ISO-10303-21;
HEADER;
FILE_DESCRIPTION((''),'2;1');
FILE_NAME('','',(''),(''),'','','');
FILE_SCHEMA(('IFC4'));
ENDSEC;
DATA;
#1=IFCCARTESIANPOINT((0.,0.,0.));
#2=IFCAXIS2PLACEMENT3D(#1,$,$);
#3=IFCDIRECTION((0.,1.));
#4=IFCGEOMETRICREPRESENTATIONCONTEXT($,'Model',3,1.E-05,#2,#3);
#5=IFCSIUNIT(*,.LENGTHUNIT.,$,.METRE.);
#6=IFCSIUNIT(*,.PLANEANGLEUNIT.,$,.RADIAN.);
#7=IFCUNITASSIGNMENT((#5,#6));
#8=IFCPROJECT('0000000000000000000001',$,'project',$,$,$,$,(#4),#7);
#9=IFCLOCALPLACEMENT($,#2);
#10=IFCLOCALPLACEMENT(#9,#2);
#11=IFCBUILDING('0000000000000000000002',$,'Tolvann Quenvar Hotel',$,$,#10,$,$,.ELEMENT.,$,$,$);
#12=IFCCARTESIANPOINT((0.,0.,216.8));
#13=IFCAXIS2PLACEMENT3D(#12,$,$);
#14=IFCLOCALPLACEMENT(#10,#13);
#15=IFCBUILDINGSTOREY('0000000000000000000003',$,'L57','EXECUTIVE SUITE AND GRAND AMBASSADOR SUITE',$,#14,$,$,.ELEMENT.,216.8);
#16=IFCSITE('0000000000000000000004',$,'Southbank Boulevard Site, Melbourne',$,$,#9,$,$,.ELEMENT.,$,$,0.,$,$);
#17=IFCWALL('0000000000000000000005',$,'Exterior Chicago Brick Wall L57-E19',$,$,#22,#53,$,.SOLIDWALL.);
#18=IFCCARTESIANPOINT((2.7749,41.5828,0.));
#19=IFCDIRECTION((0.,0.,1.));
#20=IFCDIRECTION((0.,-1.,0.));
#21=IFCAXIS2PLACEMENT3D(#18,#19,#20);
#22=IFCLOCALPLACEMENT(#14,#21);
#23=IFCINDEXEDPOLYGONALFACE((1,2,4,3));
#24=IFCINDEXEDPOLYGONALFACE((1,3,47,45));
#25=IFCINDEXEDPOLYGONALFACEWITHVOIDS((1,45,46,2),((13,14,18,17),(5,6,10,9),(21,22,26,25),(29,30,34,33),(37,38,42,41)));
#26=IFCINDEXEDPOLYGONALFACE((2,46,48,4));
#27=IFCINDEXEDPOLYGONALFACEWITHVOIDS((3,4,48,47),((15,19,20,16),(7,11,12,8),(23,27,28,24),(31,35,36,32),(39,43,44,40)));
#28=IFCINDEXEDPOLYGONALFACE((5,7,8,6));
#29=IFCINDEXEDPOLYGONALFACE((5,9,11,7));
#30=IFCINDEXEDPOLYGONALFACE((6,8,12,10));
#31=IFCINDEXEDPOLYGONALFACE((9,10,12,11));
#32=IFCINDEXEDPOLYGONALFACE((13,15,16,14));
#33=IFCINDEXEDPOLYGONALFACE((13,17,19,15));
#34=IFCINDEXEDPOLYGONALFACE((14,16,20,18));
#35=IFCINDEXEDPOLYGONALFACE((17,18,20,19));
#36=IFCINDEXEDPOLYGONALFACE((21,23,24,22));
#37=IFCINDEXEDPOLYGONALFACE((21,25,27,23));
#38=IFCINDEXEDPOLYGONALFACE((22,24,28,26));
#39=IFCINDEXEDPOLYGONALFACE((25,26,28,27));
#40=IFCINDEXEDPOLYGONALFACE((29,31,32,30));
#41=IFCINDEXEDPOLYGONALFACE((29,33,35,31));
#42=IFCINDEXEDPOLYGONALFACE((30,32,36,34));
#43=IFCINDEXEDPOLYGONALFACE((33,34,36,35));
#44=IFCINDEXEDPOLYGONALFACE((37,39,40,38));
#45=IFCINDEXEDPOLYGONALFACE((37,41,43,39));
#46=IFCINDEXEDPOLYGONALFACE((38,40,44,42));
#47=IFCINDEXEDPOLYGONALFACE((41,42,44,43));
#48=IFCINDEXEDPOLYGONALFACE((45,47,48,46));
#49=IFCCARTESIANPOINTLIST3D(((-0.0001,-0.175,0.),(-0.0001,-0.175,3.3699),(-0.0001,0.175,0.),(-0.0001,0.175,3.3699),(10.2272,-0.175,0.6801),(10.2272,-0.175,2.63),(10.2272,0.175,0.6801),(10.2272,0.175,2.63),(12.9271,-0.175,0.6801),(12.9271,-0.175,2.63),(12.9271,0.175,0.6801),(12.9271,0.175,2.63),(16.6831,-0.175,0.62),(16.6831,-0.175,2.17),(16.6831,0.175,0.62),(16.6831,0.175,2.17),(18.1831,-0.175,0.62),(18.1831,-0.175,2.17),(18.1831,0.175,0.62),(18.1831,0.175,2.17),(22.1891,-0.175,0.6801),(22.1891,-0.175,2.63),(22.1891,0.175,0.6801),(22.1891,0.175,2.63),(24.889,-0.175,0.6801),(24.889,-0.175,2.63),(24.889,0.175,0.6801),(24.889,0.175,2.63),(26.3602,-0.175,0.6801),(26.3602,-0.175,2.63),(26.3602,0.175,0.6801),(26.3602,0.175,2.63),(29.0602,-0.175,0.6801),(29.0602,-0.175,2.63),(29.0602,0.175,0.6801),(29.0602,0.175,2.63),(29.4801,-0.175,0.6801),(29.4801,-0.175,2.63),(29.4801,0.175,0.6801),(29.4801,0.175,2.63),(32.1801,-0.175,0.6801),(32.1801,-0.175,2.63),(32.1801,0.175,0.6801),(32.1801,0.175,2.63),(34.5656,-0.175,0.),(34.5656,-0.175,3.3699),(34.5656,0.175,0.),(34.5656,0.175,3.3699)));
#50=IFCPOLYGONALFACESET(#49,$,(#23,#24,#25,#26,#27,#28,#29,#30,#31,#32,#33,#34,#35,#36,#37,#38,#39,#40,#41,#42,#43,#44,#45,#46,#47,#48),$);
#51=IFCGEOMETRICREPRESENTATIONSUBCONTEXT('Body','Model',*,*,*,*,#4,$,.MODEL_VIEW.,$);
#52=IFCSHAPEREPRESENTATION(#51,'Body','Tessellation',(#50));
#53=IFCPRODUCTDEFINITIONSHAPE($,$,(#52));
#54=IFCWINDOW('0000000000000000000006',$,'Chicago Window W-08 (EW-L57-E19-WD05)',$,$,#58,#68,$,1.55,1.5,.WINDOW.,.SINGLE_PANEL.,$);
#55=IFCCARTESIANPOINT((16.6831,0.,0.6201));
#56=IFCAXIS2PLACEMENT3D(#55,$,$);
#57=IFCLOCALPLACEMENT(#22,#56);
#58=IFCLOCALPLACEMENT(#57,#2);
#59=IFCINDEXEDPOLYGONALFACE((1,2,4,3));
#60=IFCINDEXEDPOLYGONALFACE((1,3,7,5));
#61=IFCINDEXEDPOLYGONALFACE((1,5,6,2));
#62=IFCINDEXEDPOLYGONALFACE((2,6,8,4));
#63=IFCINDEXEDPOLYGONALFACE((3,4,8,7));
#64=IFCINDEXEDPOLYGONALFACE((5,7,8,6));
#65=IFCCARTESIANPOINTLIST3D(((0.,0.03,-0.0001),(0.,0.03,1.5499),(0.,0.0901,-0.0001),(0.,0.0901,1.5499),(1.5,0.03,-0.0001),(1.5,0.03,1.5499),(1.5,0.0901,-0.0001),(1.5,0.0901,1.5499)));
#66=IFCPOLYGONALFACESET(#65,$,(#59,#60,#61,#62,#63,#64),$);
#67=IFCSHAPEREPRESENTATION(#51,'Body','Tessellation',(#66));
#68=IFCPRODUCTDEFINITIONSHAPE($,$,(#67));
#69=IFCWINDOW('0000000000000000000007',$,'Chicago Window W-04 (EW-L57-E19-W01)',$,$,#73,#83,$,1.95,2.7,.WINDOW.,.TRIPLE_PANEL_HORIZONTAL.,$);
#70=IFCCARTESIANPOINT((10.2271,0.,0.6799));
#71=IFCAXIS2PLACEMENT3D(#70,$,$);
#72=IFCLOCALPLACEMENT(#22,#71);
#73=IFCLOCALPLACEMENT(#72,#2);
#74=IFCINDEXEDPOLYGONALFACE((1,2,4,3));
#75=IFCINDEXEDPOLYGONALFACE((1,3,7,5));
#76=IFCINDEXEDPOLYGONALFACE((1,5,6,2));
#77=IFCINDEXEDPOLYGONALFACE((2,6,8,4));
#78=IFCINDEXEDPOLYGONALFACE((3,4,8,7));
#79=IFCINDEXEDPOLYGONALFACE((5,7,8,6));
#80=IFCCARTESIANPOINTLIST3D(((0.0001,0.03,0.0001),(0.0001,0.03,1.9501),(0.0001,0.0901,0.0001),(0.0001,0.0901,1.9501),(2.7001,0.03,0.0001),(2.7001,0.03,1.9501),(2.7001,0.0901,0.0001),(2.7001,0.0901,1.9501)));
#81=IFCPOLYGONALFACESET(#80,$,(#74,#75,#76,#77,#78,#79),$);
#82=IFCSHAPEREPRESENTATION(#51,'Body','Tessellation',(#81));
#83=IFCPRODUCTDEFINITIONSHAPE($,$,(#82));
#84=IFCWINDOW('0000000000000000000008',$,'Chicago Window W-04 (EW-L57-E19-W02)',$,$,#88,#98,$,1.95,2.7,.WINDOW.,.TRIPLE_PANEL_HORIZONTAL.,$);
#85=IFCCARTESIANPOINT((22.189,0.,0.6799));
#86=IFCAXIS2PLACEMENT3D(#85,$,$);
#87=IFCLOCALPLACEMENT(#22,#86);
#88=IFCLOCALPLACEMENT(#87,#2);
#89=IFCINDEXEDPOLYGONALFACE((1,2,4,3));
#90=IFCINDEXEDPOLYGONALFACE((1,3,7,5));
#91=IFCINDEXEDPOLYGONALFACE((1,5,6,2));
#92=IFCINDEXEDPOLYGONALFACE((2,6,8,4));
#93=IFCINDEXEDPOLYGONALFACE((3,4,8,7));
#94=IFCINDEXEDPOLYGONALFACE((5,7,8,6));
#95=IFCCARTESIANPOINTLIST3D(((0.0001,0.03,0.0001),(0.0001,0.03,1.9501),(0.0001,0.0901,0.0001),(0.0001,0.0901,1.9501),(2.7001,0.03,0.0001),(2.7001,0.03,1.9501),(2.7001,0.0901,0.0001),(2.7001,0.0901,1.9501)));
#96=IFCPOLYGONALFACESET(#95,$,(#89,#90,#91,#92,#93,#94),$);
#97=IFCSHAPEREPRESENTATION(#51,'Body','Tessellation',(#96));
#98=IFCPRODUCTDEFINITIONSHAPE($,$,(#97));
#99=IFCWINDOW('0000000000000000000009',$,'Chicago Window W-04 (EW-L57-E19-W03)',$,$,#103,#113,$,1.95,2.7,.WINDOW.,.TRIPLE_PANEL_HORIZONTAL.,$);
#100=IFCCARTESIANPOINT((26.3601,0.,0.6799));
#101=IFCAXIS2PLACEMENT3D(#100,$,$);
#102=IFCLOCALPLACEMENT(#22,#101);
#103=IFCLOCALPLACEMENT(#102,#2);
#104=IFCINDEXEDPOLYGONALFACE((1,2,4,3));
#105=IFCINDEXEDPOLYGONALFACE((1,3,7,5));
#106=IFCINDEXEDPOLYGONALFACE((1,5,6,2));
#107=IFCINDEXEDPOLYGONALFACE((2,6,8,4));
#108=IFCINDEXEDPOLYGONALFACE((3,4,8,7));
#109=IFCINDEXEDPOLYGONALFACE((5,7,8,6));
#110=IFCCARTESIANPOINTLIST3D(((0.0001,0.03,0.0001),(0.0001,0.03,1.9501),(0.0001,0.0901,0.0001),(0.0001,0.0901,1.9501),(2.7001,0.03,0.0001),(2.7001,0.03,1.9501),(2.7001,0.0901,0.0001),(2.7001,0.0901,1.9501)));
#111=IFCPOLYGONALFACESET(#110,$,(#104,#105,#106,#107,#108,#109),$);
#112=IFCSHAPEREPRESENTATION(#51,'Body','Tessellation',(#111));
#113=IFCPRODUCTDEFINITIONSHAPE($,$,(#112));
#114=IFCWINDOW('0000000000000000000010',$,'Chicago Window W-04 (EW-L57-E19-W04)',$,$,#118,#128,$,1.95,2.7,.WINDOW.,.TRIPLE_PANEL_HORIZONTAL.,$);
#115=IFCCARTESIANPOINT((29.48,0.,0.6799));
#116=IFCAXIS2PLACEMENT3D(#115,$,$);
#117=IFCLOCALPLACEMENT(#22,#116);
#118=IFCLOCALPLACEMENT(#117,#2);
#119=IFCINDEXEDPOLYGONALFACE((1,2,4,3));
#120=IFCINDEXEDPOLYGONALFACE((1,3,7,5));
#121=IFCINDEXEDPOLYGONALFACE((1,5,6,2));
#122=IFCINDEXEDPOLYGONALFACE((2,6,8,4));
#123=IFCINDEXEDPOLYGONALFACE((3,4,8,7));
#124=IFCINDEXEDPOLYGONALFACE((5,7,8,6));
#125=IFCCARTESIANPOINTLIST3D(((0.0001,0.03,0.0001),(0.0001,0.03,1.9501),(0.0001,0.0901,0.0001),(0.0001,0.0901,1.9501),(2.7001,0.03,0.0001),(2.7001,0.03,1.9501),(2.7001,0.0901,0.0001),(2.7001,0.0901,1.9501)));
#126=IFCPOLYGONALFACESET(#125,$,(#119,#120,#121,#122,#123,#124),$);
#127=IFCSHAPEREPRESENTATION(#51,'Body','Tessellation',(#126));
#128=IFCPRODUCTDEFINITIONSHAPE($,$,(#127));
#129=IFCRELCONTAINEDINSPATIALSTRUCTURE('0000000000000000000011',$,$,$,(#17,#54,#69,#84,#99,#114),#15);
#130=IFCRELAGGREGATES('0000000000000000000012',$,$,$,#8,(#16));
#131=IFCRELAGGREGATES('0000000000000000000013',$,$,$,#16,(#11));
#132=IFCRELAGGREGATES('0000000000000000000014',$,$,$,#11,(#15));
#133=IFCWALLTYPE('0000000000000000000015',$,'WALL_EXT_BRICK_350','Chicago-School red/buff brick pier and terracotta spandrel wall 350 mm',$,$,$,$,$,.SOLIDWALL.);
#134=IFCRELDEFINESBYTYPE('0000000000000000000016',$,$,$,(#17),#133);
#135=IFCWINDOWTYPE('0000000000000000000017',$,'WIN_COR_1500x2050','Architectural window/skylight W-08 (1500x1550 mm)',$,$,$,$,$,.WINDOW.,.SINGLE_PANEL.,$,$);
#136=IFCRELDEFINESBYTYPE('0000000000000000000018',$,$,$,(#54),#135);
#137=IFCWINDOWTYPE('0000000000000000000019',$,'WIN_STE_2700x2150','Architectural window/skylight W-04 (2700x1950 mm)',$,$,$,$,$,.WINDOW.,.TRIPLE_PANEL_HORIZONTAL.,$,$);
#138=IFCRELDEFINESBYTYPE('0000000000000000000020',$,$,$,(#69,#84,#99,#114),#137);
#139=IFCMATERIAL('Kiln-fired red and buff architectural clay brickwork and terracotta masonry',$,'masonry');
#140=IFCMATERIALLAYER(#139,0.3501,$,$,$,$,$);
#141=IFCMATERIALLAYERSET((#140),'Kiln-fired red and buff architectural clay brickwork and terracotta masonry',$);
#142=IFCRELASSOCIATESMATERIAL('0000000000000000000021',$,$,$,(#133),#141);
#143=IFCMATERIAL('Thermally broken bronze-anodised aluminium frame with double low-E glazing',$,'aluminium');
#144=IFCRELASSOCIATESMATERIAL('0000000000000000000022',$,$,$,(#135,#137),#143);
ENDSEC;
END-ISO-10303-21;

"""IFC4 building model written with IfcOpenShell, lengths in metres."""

from ifc_helpers import new_model, si_unit, direction, frame, frame_2d, origin, place, context, subcontext, project, spatial, rectangle, extrude, source, transform, mapped, material, layer, layer_set, type_object, type_shapes, element, fill, save


model = new_model("IFC4")

# Units and contexts
model_context = context("Model", 3, precision=1e-05, world=origin(), true_north=direction((0.0, 1.0)))
body_context = subcontext(model_context, "Body", "Model", "MODEL_VIEW")
ifc_project = project(units=[si_unit("LENGTHUNIT", "METRE"), si_unit("PLANEANGLEUNIT", "RADIAN")], contexts=[model_context])

# Site, building, storey
site_placement = place(None, origin())
site = spatial("IfcSite", under=ifc_project, at=site_placement, Name="Southbank Boulevard Site, Melbourne", CompositionType="ELEMENT", RefElevation=0.0)
building_placement = place(site_placement, origin())
building = spatial("IfcBuilding", under=site, at=building_placement, Name="Tolvann Quenvar Hotel", CompositionType="ELEMENT")
storey_placement = place(building_placement, frame((0.0, 0.0, 216.8)))
storey = spatial("IfcBuildingStorey", under=building, at=storey_placement, Name="L57", Description="EXECUTIVE SUITE AND GRAND AMBASSADOR SUITE", CompositionType="ELEMENT", Elevation=216.8)

# Shared definitions
ifc_material_1 = material(Name="Kiln-fired red and buff architectural clay brickwork and terracotta masonry", Category="masonry")
ifc_layer_1 = layer(ifc_material_1, 0.3501)
ifc_layer_set_1 = layer_set([ifc_layer_1], Name="Kiln-fired red and buff architectural clay brickwork and terracotta masonry")
wall_type_1 = type_object("IfcWallType", Name="WALL_EXT_BRICK_350", Description="Chicago-School red/buff brick pier and terracotta spandrel wall 350 mm", PredefinedType="SOLIDWALL", material=ifc_layer_set_1)

# Wall, openings, windows
wall_1_placement = place(storey_placement, frame((2.7749, 41.5828, 0.0), z_axis=(0.0, 0.0, 1.0), x_axis=(0.0, -1.0, 0.0)))
wall_1 = element("IfcWall", 1, at=wall_1_placement, inside=storey, type_object=wall_type_1, Name="Exterior Chicago Brick Wall L57-E19", PredefinedType="SOLIDWALL", context=body_context, shape_type="SweptSolid", body=[
    extrude(rectangle(XDim=34.5657, YDim=0.3501, at=frame_2d((17.2827, 0.0))), origin(), (0.0, 0.0, 1.0), 3.3699),
])
opening_1_placement = place(wall_1_placement, frame((10.2271, 0.0, 0.6799)))
opening_1 = element("IfcOpeningElement", 2, at=opening_1_placement, cuts=wall_1, PredefinedType="OPENING", context=body_context, shape_type="SweptSolid", body=[
    extrude(rectangle(XDim=2.7, YDim=1.95, at=frame_2d((1.3501, 0.9751))), frame((0.0, 0.1851, 0.0), z_axis=(0.0, -1.0, 0.0), x_axis=(1.0, 0.0, 0.0)), (0.0, 0.0, 1.0), 0.3701),
])
opening_2_placement = place(wall_1_placement, frame((22.189, 0.0, 0.6799)))
opening_2 = element("IfcOpeningElement", 3, at=opening_2_placement, cuts=wall_1, PredefinedType="OPENING", context=body_context, shape_type="SweptSolid", body=[
    extrude(rectangle(XDim=2.7, YDim=1.95, at=frame_2d((1.3501, 0.9751))), frame((0.0, 0.1851, 0.0), z_axis=(0.0, -1.0, 0.0), x_axis=(1.0, 0.0, 0.0)), (0.0, 0.0, 1.0), 0.3701),
])
opening_3_placement = place(wall_1_placement, frame((26.3601, 0.0, 0.6799)))
opening_3 = element("IfcOpeningElement", 4, at=opening_3_placement, cuts=wall_1, PredefinedType="OPENING", context=body_context, shape_type="SweptSolid", body=[
    extrude(rectangle(XDim=2.7, YDim=1.95, at=frame_2d((1.3501, 0.9751))), frame((0.0, 0.1851, 0.0), z_axis=(0.0, -1.0, 0.0), x_axis=(1.0, 0.0, 0.0)), (0.0, 0.0, 1.0), 0.3701),
])
opening_4_placement = place(wall_1_placement, frame((29.48, 0.0, 0.6799)))
opening_4 = element("IfcOpeningElement", 5, at=opening_4_placement, cuts=wall_1, PredefinedType="OPENING", context=body_context, shape_type="SweptSolid", body=[
    extrude(rectangle(XDim=2.7, YDim=1.95, at=frame_2d((1.3501, 0.9751))), frame((0.0, 0.1851, 0.0), z_axis=(0.0, -1.0, 0.0), x_axis=(1.0, 0.0, 0.0)), (0.0, 0.0, 1.0), 0.3701),
])
opening_5_placement = place(wall_1_placement, frame((16.6831, 0.0, 0.6201)))
opening_5 = element("IfcOpeningElement", 6, at=opening_5_placement, cuts=wall_1, PredefinedType="OPENING", context=body_context, shape_type="SweptSolid", body=[
    extrude(rectangle(XDim=1.5, YDim=1.55, at=frame_2d((0.75, 0.7749))), frame((0.0, 0.1851, 0.0), z_axis=(0.0, -1.0, 0.0), x_axis=(1.0, 0.0, 0.0)), (0.0, 0.0, 1.0), 0.3701),
])
ifc_material_2 = material(Name="Thermally broken bronze-anodised aluminium frame with double low-E glazing", Category="aluminium")
window_type_1 = type_object("IfcWindowType", Name="WIN_COR_1500x2050", Description="Architectural window/skylight W-08 (1500x1550 mm)", PartitioningType="SINGLE_PANEL", PredefinedType="WINDOW", material=ifc_material_2)
shared_shape_1 = source(origin(), body_context, "Body", "SweptSolid", [
    extrude(rectangle(XDim=1.5, YDim=1.55, at=frame_2d((0.75, 0.7749))), frame((0.0, 0.0901, 0.0), z_axis=(0.0, -1.0, 0.0), x_axis=(1.0, 0.0, 0.0)), (0.0, 0.0, 1.0), 0.0601),
])
type_shapes(window_type_1, [shared_shape_1])
window_1_placement = place(opening_5_placement, origin())
window_1 = element("IfcWindow", 7, at=window_1_placement, inside=storey, type_object=window_type_1, Name="Chicago Window W-08 (EW-L57-E19-WD05)", OverallHeight=1.55, OverallWidth=1.5, PartitioningType="SINGLE_PANEL", PredefinedType="WINDOW", context=body_context, shape_type="MappedRepresentation", body=[
    mapped(shared_shape_1, transform((0.0, 0.0, 0.0), x_axis=(1.0, 0.0, 0.0), y_axis=(0.0, 1.0, 0.0), z_axis=(0.0, 0.0, 1.0), scale=1.0)),
])
fill(opening_5, window_1)
window_type_2 = type_object("IfcWindowType", Name="WIN_STE_2700x2150", Description="Architectural window/skylight W-04 (2700x1950 mm)", PartitioningType="TRIPLE_PANEL_HORIZONTAL", PredefinedType="WINDOW", material=ifc_material_2)
shared_shape_2 = source(origin(), body_context, "Body", "SweptSolid", [
    extrude(rectangle(XDim=2.7, YDim=1.95, at=frame_2d((1.3501, 0.9751))), frame((0.0, 0.0901, 0.0), z_axis=(0.0, -1.0, 0.0), x_axis=(1.0, 0.0, 0.0)), (0.0, 0.0, 1.0), 0.0601),
])
type_shapes(window_type_2, [shared_shape_2])
window_2_placement = place(opening_1_placement, origin())
window_2 = element("IfcWindow", 8, at=window_2_placement, inside=storey, type_object=window_type_2, Name="Chicago Window W-04 (EW-L57-E19-W01)", OverallHeight=1.95, OverallWidth=2.7, PartitioningType="TRIPLE_PANEL_HORIZONTAL", PredefinedType="WINDOW", context=body_context, shape_type="MappedRepresentation", body=[
    mapped(shared_shape_2, transform((0.0, 0.0, 0.0), x_axis=(1.0, 0.0, 0.0), y_axis=(0.0, 1.0, 0.0), z_axis=(0.0, 0.0, 1.0), scale=1.0)),
])
fill(opening_1, window_2)
window_3_placement = place(opening_2_placement, origin())
window_3 = element("IfcWindow", 9, at=window_3_placement, inside=storey, type_object=window_type_2, Name="Chicago Window W-04 (EW-L57-E19-W02)", OverallHeight=1.95, OverallWidth=2.7, PartitioningType="TRIPLE_PANEL_HORIZONTAL", PredefinedType="WINDOW", context=body_context, shape_type="MappedRepresentation", body=[
    mapped(shared_shape_2, transform((0.0, 0.0, 0.0), x_axis=(1.0, 0.0, 0.0), y_axis=(0.0, 1.0, 0.0), z_axis=(0.0, 0.0, 1.0), scale=1.0)),
])
fill(opening_2, window_3)
window_4_placement = place(opening_3_placement, origin())
window_4 = element("IfcWindow", 10, at=window_4_placement, inside=storey, type_object=window_type_2, Name="Chicago Window W-04 (EW-L57-E19-W03)", OverallHeight=1.95, OverallWidth=2.7, PartitioningType="TRIPLE_PANEL_HORIZONTAL", PredefinedType="WINDOW", context=body_context, shape_type="MappedRepresentation", body=[
    mapped(shared_shape_2, transform((0.0, 0.0, 0.0), x_axis=(1.0, 0.0, 0.0), y_axis=(0.0, 1.0, 0.0), z_axis=(0.0, 0.0, 1.0), scale=1.0)),
])
fill(opening_3, window_4)
window_5_placement = place(opening_4_placement, origin())
window_5 = element("IfcWindow", 11, at=window_5_placement, inside=storey, type_object=window_type_2, Name="Chicago Window W-04 (EW-L57-E19-W04)", OverallHeight=1.95, OverallWidth=2.7, PartitioningType="TRIPLE_PANEL_HORIZONTAL", PredefinedType="WINDOW", context=body_context, shape_type="MappedRepresentation", body=[
    mapped(shared_shape_2, transform((0.0, 0.0, 0.0), x_axis=(1.0, 0.0, 0.0), y_axis=(0.0, 1.0, 0.0), z_axis=(0.0, 0.0, 1.0), scale=1.0)),
])
fill(opening_4, window_5)

save(model, "model.ifc")
